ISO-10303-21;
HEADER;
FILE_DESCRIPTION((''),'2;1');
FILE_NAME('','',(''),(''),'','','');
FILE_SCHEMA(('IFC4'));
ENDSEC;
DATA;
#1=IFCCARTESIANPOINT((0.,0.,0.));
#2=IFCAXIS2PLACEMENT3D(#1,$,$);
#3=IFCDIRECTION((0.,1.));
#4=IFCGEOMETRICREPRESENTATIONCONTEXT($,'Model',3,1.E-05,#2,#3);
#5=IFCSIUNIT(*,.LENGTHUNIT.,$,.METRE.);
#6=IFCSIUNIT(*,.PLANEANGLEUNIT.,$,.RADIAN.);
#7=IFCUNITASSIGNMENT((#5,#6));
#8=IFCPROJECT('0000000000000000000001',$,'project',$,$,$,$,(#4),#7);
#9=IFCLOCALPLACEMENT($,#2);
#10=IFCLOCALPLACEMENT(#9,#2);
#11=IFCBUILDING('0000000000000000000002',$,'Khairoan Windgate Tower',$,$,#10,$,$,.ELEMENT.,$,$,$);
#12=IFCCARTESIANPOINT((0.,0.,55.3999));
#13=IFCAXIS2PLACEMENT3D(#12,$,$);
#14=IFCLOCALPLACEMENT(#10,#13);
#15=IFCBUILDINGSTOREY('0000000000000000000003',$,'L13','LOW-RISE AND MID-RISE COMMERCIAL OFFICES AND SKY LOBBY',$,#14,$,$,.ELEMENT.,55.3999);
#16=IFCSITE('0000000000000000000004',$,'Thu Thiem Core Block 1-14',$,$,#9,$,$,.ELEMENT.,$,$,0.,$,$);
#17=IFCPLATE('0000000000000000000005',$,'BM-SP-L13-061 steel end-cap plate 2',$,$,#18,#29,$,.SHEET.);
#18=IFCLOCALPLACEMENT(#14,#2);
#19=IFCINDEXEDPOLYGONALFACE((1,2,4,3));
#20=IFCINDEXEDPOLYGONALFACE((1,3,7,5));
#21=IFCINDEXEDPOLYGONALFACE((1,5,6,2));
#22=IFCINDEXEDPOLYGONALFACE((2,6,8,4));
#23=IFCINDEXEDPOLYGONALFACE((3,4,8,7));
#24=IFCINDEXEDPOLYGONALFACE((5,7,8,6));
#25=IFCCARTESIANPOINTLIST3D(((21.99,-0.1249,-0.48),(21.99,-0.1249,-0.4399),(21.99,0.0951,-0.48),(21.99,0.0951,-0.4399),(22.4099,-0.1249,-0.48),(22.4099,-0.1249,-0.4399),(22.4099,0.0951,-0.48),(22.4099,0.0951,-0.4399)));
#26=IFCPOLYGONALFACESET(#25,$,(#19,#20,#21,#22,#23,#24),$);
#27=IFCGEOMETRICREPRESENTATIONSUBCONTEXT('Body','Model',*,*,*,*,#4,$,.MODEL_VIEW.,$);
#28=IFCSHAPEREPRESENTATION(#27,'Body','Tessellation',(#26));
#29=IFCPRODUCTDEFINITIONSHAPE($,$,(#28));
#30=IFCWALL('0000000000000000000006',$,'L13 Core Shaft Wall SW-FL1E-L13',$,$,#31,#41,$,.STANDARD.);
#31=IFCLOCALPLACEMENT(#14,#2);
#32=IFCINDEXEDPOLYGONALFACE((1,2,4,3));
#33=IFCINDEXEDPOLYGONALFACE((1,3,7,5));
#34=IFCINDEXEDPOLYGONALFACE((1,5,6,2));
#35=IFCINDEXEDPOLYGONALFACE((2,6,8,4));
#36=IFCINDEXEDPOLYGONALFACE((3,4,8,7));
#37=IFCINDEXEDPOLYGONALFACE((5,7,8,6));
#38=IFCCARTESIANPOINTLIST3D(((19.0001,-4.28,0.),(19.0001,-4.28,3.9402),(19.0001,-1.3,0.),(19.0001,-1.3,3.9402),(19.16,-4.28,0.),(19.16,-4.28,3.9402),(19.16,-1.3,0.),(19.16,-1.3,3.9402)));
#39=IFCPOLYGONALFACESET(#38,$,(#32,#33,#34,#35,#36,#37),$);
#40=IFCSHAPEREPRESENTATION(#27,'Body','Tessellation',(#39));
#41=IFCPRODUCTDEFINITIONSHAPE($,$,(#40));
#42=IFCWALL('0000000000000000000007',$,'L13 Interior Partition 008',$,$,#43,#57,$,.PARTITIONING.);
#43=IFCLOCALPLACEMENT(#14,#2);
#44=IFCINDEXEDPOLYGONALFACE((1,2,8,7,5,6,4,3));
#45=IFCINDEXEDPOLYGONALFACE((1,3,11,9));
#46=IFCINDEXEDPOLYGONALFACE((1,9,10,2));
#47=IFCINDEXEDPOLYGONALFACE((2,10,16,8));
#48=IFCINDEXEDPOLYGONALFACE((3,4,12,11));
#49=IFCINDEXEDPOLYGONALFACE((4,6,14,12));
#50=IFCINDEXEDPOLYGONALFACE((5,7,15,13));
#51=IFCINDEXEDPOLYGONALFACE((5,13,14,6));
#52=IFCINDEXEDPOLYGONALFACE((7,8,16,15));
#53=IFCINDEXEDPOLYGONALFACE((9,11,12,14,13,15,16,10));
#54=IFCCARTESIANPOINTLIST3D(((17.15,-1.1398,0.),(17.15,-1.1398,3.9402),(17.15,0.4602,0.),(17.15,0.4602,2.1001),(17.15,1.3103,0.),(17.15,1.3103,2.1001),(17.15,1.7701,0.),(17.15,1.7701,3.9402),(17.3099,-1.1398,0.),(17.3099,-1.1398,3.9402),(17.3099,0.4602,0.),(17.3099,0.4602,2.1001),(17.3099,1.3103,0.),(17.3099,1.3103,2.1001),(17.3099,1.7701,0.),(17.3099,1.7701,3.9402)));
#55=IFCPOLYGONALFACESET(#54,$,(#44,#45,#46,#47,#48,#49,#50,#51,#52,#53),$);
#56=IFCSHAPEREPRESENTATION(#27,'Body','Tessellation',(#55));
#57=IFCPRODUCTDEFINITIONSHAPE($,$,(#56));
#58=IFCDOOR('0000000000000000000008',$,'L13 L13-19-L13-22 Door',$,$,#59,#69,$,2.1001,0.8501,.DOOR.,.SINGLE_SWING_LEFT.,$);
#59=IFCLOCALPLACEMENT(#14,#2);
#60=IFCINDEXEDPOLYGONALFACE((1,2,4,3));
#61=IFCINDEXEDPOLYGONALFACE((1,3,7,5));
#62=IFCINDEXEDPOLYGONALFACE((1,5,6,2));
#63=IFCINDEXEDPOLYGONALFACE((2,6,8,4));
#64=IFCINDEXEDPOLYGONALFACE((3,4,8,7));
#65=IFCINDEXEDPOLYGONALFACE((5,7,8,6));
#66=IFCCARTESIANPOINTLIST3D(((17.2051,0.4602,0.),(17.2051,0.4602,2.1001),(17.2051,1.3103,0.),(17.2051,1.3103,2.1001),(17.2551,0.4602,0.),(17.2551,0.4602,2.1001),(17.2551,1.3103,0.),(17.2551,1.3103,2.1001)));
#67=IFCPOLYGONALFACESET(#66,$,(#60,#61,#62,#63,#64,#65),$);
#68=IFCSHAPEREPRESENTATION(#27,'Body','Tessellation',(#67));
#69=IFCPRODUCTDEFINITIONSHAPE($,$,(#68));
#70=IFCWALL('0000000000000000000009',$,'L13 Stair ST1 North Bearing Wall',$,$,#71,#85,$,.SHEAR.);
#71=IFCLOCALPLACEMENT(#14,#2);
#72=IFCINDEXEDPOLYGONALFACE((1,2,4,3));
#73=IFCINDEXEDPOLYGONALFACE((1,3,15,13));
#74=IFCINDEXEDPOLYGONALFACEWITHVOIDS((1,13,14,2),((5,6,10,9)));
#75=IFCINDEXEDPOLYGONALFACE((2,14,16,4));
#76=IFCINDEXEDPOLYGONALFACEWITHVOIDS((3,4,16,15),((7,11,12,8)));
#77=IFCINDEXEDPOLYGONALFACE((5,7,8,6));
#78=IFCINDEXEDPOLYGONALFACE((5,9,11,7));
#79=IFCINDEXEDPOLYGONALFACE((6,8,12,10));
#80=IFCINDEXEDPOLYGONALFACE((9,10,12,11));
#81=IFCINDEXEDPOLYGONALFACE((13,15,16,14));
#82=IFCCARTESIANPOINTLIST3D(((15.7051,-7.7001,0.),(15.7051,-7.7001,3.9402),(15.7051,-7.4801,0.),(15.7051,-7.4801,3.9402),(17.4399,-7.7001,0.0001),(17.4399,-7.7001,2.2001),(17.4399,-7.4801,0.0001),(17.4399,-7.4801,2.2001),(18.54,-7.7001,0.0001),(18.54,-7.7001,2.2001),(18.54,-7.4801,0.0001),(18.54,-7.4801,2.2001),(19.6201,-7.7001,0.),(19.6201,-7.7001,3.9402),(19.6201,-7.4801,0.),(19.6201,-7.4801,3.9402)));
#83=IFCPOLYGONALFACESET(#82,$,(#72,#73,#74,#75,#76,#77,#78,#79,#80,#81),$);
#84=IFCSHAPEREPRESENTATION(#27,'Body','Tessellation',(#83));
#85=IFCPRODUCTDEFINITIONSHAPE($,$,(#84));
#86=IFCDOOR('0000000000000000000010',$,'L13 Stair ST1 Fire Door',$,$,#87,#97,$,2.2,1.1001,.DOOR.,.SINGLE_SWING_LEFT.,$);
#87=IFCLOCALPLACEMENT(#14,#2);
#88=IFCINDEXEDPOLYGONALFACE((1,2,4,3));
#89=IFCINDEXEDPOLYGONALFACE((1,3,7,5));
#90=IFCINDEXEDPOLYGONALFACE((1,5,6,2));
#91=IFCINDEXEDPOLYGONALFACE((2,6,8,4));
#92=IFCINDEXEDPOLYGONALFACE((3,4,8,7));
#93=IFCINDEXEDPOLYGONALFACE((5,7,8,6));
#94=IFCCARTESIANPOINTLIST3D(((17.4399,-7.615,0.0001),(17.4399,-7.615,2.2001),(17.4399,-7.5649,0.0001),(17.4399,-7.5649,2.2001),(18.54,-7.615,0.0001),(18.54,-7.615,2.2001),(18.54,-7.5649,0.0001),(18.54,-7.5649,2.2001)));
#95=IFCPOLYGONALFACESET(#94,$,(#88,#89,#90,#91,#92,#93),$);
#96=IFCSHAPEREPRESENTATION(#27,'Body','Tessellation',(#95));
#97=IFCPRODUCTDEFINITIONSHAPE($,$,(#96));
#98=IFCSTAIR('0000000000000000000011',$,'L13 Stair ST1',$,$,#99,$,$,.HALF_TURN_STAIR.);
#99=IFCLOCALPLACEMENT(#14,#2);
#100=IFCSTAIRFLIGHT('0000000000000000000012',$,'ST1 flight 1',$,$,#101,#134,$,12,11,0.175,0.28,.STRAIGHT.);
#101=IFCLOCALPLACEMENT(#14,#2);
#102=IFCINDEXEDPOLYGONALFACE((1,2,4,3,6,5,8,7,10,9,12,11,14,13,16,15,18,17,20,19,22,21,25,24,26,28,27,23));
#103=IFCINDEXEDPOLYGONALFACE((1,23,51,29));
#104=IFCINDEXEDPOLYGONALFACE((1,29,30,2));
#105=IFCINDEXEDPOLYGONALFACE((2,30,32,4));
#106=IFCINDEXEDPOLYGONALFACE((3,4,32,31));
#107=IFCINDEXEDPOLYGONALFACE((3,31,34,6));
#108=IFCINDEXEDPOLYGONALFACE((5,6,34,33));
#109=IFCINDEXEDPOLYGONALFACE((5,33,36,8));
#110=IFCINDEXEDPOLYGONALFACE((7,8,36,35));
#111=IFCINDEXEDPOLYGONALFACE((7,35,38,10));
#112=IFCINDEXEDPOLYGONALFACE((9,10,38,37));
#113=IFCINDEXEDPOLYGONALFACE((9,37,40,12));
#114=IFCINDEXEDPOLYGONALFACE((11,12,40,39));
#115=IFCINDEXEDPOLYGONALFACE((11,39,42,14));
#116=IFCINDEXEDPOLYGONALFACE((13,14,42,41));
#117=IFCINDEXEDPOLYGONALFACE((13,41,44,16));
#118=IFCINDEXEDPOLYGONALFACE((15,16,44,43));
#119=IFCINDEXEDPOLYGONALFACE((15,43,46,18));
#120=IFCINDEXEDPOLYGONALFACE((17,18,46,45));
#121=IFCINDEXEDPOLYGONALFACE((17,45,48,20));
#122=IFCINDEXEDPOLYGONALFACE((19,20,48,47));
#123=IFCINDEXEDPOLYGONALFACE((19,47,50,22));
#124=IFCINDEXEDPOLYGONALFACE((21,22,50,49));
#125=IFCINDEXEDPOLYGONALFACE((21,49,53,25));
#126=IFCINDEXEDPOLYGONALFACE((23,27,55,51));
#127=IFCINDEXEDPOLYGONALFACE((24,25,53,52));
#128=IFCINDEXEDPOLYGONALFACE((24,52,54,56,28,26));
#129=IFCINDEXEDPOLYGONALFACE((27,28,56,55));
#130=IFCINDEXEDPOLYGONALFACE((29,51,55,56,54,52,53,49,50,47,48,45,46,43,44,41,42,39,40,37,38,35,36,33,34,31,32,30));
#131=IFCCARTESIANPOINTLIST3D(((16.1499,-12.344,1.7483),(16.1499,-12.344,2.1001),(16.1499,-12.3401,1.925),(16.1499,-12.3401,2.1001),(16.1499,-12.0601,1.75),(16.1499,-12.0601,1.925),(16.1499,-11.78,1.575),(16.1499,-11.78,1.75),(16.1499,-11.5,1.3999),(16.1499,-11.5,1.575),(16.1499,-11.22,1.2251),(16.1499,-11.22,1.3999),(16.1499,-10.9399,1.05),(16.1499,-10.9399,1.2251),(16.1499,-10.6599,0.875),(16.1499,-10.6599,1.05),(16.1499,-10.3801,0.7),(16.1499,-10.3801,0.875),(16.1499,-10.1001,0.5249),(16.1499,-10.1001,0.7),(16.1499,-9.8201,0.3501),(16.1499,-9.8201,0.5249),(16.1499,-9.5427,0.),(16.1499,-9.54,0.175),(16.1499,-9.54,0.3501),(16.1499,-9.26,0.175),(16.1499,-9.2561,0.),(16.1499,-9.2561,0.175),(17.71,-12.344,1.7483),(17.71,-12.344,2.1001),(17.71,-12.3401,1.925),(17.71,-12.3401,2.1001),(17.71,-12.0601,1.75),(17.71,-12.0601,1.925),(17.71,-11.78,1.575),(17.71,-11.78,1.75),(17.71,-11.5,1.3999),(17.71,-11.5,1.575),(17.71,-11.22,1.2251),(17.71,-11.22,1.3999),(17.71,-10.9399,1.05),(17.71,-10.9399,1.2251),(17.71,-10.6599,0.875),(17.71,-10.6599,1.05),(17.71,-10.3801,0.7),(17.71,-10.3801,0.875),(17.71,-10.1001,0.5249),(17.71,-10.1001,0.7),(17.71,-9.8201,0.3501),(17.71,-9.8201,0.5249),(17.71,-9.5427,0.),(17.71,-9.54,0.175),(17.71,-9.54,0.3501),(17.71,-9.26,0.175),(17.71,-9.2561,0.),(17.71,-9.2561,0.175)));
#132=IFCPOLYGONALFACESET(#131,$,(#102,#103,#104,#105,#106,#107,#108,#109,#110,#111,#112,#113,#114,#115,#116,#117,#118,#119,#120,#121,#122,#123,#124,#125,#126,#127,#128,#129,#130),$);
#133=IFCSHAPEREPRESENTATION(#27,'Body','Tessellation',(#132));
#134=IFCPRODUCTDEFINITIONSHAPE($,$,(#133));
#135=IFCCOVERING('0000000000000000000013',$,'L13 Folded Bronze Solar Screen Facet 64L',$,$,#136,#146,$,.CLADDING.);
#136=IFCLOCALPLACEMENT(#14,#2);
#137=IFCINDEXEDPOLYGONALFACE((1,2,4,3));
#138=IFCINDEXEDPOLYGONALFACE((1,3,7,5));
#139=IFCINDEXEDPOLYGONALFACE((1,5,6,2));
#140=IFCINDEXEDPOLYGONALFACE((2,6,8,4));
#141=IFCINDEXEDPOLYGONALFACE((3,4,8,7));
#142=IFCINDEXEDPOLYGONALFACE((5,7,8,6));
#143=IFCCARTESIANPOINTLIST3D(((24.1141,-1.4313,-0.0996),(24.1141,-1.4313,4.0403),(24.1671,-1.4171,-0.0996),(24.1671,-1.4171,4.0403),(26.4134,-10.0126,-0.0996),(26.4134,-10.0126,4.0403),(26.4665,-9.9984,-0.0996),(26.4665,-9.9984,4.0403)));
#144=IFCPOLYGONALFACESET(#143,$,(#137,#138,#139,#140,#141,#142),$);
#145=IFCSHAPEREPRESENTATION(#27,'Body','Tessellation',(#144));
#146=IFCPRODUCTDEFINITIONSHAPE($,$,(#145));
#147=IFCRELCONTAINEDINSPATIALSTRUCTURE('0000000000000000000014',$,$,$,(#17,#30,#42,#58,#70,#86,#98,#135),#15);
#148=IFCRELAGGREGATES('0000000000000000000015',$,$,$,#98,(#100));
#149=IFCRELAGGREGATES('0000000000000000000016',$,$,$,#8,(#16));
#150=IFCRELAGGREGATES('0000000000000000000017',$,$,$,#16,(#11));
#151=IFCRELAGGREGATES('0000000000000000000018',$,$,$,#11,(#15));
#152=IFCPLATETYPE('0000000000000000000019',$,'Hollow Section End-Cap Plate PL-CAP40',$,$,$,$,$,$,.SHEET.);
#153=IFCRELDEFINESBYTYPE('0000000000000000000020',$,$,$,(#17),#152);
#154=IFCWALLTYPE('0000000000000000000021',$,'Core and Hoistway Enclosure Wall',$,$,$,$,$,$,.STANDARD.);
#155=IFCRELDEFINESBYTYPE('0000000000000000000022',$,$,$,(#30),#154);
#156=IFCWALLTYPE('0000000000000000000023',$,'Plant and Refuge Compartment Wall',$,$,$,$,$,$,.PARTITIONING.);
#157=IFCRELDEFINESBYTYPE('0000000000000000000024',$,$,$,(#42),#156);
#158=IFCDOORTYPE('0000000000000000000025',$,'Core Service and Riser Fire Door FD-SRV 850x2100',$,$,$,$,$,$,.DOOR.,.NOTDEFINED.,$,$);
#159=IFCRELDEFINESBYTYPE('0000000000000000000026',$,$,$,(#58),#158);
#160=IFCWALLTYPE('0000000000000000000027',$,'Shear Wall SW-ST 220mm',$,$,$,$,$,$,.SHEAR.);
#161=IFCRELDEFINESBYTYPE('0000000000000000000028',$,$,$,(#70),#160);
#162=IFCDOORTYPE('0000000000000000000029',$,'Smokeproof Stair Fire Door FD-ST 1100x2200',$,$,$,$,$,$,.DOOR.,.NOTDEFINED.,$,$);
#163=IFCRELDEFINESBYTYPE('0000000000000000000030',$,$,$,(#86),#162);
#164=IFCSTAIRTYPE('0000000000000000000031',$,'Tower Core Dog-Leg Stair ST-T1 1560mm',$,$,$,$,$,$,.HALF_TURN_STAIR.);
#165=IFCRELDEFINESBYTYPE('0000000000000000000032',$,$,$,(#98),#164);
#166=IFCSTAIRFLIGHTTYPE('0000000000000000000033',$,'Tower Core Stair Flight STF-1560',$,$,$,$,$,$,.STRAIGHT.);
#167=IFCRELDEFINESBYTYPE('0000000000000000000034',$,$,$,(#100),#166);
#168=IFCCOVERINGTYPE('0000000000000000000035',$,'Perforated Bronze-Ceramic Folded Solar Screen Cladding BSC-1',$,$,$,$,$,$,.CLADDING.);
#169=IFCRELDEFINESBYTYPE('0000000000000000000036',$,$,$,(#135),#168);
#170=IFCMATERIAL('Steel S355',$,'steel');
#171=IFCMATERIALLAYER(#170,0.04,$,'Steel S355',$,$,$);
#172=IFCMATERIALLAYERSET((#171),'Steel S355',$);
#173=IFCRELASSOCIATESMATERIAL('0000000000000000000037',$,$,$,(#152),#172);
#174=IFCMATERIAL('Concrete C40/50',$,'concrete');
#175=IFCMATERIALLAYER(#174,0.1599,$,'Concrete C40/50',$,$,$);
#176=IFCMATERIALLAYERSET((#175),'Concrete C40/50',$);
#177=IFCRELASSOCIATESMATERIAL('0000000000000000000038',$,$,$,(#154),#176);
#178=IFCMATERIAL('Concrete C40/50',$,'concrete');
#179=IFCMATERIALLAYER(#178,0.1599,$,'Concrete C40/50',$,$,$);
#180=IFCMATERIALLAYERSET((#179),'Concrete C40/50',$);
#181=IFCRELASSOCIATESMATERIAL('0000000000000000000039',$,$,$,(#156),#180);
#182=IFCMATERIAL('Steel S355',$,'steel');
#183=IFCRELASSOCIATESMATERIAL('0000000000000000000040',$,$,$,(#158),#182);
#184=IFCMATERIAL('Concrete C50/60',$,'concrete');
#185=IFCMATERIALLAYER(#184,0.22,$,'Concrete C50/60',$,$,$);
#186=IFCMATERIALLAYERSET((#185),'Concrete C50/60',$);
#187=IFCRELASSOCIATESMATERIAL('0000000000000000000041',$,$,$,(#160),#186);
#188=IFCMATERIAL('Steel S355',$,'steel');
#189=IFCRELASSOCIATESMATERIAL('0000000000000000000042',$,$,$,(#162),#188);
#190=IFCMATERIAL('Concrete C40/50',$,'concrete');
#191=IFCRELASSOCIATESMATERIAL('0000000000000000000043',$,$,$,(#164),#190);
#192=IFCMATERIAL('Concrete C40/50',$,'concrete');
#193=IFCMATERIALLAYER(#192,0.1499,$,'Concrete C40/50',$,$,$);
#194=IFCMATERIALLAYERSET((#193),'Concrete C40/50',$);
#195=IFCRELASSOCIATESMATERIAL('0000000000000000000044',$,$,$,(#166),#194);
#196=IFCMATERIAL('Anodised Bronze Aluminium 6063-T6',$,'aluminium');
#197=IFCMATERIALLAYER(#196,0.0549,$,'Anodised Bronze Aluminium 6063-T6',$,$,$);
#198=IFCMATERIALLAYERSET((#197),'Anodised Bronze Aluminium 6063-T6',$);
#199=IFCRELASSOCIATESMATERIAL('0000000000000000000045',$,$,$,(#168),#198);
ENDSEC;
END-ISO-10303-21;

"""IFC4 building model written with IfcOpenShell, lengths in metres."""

from ifc_helpers import new_model, si_unit, direction, frame, frame_2d, origin, origin_2d, place, context, subcontext, project, spatial, polyline, rectangle, outline, extrude, material, layer, layer_set, type_object, element, fill, aggregate, save


model = new_model("IFC4")

# Units and contexts
model_context = context("Model", 3, precision=1e-05, world=origin(), true_north=direction((0.0, 1.0)))
body_context = subcontext(model_context, "Body", "Model", "MODEL_VIEW")
ifc_project = project(units=[si_unit("LENGTHUNIT", "METRE"), si_unit("PLANEANGLEUNIT", "RADIAN")], contexts=[model_context])

# Site, building, storey
site_placement = place(None, origin())
site = spatial("IfcSite", under=ifc_project, at=site_placement, Name="Thu Thiem Core Block 1-14", CompositionType="ELEMENT", RefElevation=0.0)
building_placement = place(site_placement, origin())
building = spatial("IfcBuilding", under=site, at=building_placement, Name="Khairoan Windgate Tower", CompositionType="ELEMENT")
storey_placement = place(building_placement, frame((0.0, 0.0, 55.3999)))
storey = spatial("IfcBuildingStorey", under=building, at=storey_placement, Name="L13", Description="LOW-RISE AND MID-RISE COMMERCIAL OFFICES AND SKY LOBBY", CompositionType="ELEMENT", Elevation=55.3999)

# Plate
ifc_material_1 = material(Name="Steel S355", Category="steel")
ifc_layer_1 = layer(ifc_material_1, 0.04, Name="Steel S355")
ifc_layer_set_1 = layer_set([ifc_layer_1], Name="Steel S355")
plate_type = type_object("IfcPlateType", Name="Hollow Section End-Cap Plate PL-CAP40", PredefinedType="SHEET", material=ifc_layer_set_1)
for number, where, z_axis, x_axis, name in (
    (1, (22.2, -0.0149, -0.48), (0.0, 0.0, 1.0), (0.0, 1.0, 0.0), "BM-SP-L13-061 steel end-cap plate 2"),
):
    element("IfcPlate", number, at=place(storey_placement, frame(where, z_axis=z_axis, x_axis=x_axis)), inside=storey, type_object=plate_type, Name=name, PredefinedType="SHEET", context=body_context, shape_type="SweptSolid", body=[
        extrude(rectangle(XDim=0.22, YDim=0.4199, at=origin_2d()), origin(), (0.0, 0.0, 1.0), 0.04),
    ])

# Wall
ifc_material_2 = material(Name="Concrete C40/50", Category="concrete")
ifc_layer_2 = layer(ifc_material_2, 0.1599, Name="Concrete C40/50")
ifc_layer_set_2 = layer_set([ifc_layer_2], Name="Concrete C40/50")
wall_type_1 = type_object("IfcWallType", Name="Core and Hoistway Enclosure Wall", PredefinedType="STANDARD", material=ifc_layer_set_2)
wall_1_placement = place(storey_placement, frame((19.0801, -4.28, 0.0), z_axis=(0.0, 0.0, 1.0), x_axis=(0.0, 1.0, 0.0)))
element("IfcWall", 2, at=wall_1_placement, inside=storey, type_object=wall_type_1, Name="L13 Core Shaft Wall SW-FL1E-L13", PredefinedType="STANDARD", context=body_context, shape_type="SweptSolid", body=[
    extrude(rectangle(XDim=2.98, YDim=0.1599, at=frame_2d((1.49, 0.0))), origin(), (0.0, 0.0, 1.0), 3.9402),
])

# Walls, openings, doors
ifc_material_3 = material(Name="Concrete C40/50", Category="concrete")
ifc_layer_3 = layer(ifc_material_3, 0.1599, Name="Concrete C40/50")
ifc_layer_set_3 = layer_set([ifc_layer_3], Name="Concrete C40/50")
wall_type_2 = type_object("IfcWallType", Name="Plant and Refuge Compartment Wall", PredefinedType="PARTITIONING", material=ifc_layer_set_3)
wall_2_placement = place(storey_placement, frame((17.23, -1.1399, 0.0), z_axis=(0.0, 0.0, 1.0), x_axis=(0.0, 1.0, 0.0)))
wall_2 = element("IfcWall", 3, at=wall_2_placement, inside=storey, type_object=wall_type_2, Name="L13 Interior Partition 008", PredefinedType="PARTITIONING", context=body_context, shape_type="SweptSolid", body=[
    extrude(rectangle(XDim=2.9099, YDim=0.1599, at=frame_2d((1.4551, 0.0))), origin(), (0.0, 0.0, 1.0), 3.9402),
])
opening_1_placement = place(wall_2_placement, frame((1.6001, 0.0, 0.0)))
opening_1 = element("IfcOpeningElement", 4, at=opening_1_placement, cuts=wall_2, PredefinedType="OPENING", context=body_context, shape_type="SweptSolid", body=[
    extrude(rectangle(XDim=0.8501, YDim=2.1001, at=frame_2d((0.425, 1.05))), frame((0.0, 0.0898, 0.0), z_axis=(0.0, -1.0, 0.0), x_axis=(1.0, 0.0, 0.0)), (0.0, 0.0, 1.0), 0.1799),
])
ifc_material_4 = material(Name="Steel S355", Category="steel")
door_type_1 = type_object("IfcDoorType", Name="Core Service and Riser Fire Door FD-SRV 850x2100", OperationType="NOTDEFINED", PredefinedType="DOOR", material=ifc_material_4)
door_1_placement = place(opening_1_placement, origin())
door_1 = element("IfcDoor", 5, at=door_1_placement, inside=storey, type_object=door_type_1, Name="L13 L13-19-L13-22 Door", OperationType="SINGLE_SWING_LEFT", OverallHeight=2.1001, OverallWidth=0.8501, PredefinedType="DOOR", context=body_context, shape_type="SweptSolid", body=[
    extrude(rectangle(XDim=0.8501, YDim=2.1001, at=frame_2d((0.425, 1.05))), frame((0.0, 0.0249, 0.0), z_axis=(0.0, -1.0, 0.0), x_axis=(1.0, 0.0, 0.0)), (0.0, 0.0, 1.0), 0.05),
])
fill(opening_1, door_1)
ifc_material_5 = material(Name="Concrete C50/60", Category="concrete")
ifc_layer_4 = layer(ifc_material_5, 0.22, Name="Concrete C50/60")
ifc_layer_set_4 = layer_set([ifc_layer_4], Name="Concrete C50/60")
wall_type_3 = type_object("IfcWallType", Name="Shear Wall SW-ST 220mm", PredefinedType="SHEAR", material=ifc_layer_set_4)
wall_3_placement = place(storey_placement, frame((19.6201, -7.5901, 0.0), z_axis=(0.0, 0.0, 1.0), x_axis=(-1.0, 0.0, 0.0)))
wall_3 = element("IfcWall", 6, at=wall_3_placement, inside=storey, type_object=wall_type_3, Name="L13 Stair ST1 North Bearing Wall", PredefinedType="SHEAR", context=body_context, shape_type="SweptSolid", body=[
    extrude(rectangle(XDim=3.915, YDim=0.22, at=frame_2d((1.9575, 0.0))), origin(), (0.0, 0.0, 1.0), 3.9402),
])
opening_2_placement = place(wall_3_placement, frame((1.0801, 0.0, 0.0)))
opening_2 = element("IfcOpeningElement", 7, at=opening_2_placement, cuts=wall_3, PredefinedType="OPENING", context=body_context, shape_type="SweptSolid", body=[
    extrude(rectangle(XDim=1.1001, YDim=2.2, at=frame_2d((0.55, 1.1001))), frame((0.0, 0.1199, 0.0), z_axis=(0.0, -1.0, 0.0), x_axis=(1.0, 0.0, 0.0)), (0.0, 0.0, 1.0), 0.24),
])
ifc_material_6 = material(Name="Steel S355", Category="steel")
door_type_2 = type_object("IfcDoorType", Name="Smokeproof Stair Fire Door FD-ST 1100x2200", OperationType="NOTDEFINED", PredefinedType="DOOR", material=ifc_material_6)
door_2_placement = place(opening_2_placement, origin())
door_2 = element("IfcDoor", 8, at=door_2_placement, inside=storey, type_object=door_type_2, Name="L13 Stair ST1 Fire Door", OperationType="SINGLE_SWING_LEFT", OverallHeight=2.2, OverallWidth=1.1001, PredefinedType="DOOR", context=body_context, shape_type="SweptSolid", body=[
    extrude(rectangle(XDim=1.1001, YDim=2.2, at=frame_2d((0.55, 1.1001))), frame((0.0, 0.0249, 0.0), z_axis=(0.0, -1.0, 0.0), x_axis=(1.0, 0.0, 0.0)), (0.0, 0.0, 1.0), 0.05),
])
fill(opening_2, door_2)

# Stair, stair flight
ifc_material_7 = material(Name="Concrete C40/50", Category="concrete")
stair_type = type_object("IfcStairType", Name="Tower Core Dog-Leg Stair ST-T1 1560mm", PredefinedType="HALF_TURN_STAIR", material=ifc_material_7)
stair_placement = place(storey_placement, origin())
stair = element("IfcStair", 9, at=stair_placement, inside=storey, type_object=stair_type, Name="L13 Stair ST1", PredefinedType="HALF_TURN_STAIR")
ifc_material_8 = material(Name="Concrete C40/50", Category="concrete")
ifc_layer_5 = layer(ifc_material_8, 0.1499, Name="Concrete C40/50")
ifc_layer_set_5 = layer_set([ifc_layer_5], Name="Concrete C40/50")
stair_flight_type = type_object("IfcStairFlightType", Name="Tower Core Stair Flight STF-1560", PredefinedType="STRAIGHT", material=ifc_layer_set_5)
stair_flight_placement = place(storey_placement, frame((16.9299, -9.26, 0.0), z_axis=(0.0, 0.0, 1.0), x_axis=(0.0, -1.0, 0.0)))
stair_flight = element("IfcStairFlight", 10, at=stair_flight_placement, type_object=stair_flight_type, Name="ST1 flight 1", NumberOfRisers=12, NumberOfTreads=11, PredefinedType="STRAIGHT", RiserHeight=0.175, TreadLength=0.28, context=body_context, shape_type="SweptSolid", body=[
    extrude(outline(polyline([(-0.0039, 0.0), (-0.0039, 0.175), (0.0, 0.175), (0.28, 0.175), (0.28, 0.3501), (0.5601, 0.3501), (0.5601, 0.5249), (0.8401, 0.5249), (0.8401, 0.7), (1.1201, 0.7), (1.1201, 0.875), (1.3999, 0.875), (1.3999, 1.05), (1.6799, 1.05), (1.6799, 1.2251), (1.96, 1.2251), (1.96, 1.3999), (2.24, 1.3999), (2.24, 1.575), (2.52, 1.575), (2.52, 1.75), (2.8, 1.75), (2.8, 1.925), (3.0801, 1.925), (3.0801, 2.1001), (3.084, 2.1001), (3.084, 1.7483), (0.2827, 0.0), (-0.0039, 0.0)])), frame((0.0, 0.78, 0.0), z_axis=(0.0, -1.0, 0.0), x_axis=(1.0, 0.0, 0.0)), (0.0, 0.0, 1.0), 1.5601),
])
aggregate(stair, [stair_flight])

# Covering
ifc_material_9 = material(Name="Anodised Bronze Aluminium 6063-T6", Category="aluminium")
ifc_layer_6 = layer(ifc_material_9, 0.0549, Name="Anodised Bronze Aluminium 6063-T6")
ifc_layer_set_6 = layer_set([ifc_layer_6], Name="Anodised Bronze Aluminium 6063-T6")
covering_type = type_object("IfcCoveringType", Name="Perforated Bronze-Ceramic Folded Solar Screen Cladding BSC-1", PredefinedType="CLADDING", material=ifc_layer_set_6)
covering_placement = place(storey_placement, frame((25.2903, -5.7148, -0.0996), z_axis=(0.0, 0.0, 1.0), x_axis=(0.258819, -0.965926, 0.0)))
element("IfcCovering", 11, at=covering_placement, inside=storey, type_object=covering_type, Name="L13 Folded Bronze Solar Screen Facet 64L", PredefinedType="CLADDING", context=body_context, shape_type="SweptSolid", body=[
    extrude(rectangle(XDim=8.884, YDim=0.0549, at=origin_2d()), origin(), (0.0, 0.0, 1.0), 4.1399),
])

save(model, "model.ifc")
